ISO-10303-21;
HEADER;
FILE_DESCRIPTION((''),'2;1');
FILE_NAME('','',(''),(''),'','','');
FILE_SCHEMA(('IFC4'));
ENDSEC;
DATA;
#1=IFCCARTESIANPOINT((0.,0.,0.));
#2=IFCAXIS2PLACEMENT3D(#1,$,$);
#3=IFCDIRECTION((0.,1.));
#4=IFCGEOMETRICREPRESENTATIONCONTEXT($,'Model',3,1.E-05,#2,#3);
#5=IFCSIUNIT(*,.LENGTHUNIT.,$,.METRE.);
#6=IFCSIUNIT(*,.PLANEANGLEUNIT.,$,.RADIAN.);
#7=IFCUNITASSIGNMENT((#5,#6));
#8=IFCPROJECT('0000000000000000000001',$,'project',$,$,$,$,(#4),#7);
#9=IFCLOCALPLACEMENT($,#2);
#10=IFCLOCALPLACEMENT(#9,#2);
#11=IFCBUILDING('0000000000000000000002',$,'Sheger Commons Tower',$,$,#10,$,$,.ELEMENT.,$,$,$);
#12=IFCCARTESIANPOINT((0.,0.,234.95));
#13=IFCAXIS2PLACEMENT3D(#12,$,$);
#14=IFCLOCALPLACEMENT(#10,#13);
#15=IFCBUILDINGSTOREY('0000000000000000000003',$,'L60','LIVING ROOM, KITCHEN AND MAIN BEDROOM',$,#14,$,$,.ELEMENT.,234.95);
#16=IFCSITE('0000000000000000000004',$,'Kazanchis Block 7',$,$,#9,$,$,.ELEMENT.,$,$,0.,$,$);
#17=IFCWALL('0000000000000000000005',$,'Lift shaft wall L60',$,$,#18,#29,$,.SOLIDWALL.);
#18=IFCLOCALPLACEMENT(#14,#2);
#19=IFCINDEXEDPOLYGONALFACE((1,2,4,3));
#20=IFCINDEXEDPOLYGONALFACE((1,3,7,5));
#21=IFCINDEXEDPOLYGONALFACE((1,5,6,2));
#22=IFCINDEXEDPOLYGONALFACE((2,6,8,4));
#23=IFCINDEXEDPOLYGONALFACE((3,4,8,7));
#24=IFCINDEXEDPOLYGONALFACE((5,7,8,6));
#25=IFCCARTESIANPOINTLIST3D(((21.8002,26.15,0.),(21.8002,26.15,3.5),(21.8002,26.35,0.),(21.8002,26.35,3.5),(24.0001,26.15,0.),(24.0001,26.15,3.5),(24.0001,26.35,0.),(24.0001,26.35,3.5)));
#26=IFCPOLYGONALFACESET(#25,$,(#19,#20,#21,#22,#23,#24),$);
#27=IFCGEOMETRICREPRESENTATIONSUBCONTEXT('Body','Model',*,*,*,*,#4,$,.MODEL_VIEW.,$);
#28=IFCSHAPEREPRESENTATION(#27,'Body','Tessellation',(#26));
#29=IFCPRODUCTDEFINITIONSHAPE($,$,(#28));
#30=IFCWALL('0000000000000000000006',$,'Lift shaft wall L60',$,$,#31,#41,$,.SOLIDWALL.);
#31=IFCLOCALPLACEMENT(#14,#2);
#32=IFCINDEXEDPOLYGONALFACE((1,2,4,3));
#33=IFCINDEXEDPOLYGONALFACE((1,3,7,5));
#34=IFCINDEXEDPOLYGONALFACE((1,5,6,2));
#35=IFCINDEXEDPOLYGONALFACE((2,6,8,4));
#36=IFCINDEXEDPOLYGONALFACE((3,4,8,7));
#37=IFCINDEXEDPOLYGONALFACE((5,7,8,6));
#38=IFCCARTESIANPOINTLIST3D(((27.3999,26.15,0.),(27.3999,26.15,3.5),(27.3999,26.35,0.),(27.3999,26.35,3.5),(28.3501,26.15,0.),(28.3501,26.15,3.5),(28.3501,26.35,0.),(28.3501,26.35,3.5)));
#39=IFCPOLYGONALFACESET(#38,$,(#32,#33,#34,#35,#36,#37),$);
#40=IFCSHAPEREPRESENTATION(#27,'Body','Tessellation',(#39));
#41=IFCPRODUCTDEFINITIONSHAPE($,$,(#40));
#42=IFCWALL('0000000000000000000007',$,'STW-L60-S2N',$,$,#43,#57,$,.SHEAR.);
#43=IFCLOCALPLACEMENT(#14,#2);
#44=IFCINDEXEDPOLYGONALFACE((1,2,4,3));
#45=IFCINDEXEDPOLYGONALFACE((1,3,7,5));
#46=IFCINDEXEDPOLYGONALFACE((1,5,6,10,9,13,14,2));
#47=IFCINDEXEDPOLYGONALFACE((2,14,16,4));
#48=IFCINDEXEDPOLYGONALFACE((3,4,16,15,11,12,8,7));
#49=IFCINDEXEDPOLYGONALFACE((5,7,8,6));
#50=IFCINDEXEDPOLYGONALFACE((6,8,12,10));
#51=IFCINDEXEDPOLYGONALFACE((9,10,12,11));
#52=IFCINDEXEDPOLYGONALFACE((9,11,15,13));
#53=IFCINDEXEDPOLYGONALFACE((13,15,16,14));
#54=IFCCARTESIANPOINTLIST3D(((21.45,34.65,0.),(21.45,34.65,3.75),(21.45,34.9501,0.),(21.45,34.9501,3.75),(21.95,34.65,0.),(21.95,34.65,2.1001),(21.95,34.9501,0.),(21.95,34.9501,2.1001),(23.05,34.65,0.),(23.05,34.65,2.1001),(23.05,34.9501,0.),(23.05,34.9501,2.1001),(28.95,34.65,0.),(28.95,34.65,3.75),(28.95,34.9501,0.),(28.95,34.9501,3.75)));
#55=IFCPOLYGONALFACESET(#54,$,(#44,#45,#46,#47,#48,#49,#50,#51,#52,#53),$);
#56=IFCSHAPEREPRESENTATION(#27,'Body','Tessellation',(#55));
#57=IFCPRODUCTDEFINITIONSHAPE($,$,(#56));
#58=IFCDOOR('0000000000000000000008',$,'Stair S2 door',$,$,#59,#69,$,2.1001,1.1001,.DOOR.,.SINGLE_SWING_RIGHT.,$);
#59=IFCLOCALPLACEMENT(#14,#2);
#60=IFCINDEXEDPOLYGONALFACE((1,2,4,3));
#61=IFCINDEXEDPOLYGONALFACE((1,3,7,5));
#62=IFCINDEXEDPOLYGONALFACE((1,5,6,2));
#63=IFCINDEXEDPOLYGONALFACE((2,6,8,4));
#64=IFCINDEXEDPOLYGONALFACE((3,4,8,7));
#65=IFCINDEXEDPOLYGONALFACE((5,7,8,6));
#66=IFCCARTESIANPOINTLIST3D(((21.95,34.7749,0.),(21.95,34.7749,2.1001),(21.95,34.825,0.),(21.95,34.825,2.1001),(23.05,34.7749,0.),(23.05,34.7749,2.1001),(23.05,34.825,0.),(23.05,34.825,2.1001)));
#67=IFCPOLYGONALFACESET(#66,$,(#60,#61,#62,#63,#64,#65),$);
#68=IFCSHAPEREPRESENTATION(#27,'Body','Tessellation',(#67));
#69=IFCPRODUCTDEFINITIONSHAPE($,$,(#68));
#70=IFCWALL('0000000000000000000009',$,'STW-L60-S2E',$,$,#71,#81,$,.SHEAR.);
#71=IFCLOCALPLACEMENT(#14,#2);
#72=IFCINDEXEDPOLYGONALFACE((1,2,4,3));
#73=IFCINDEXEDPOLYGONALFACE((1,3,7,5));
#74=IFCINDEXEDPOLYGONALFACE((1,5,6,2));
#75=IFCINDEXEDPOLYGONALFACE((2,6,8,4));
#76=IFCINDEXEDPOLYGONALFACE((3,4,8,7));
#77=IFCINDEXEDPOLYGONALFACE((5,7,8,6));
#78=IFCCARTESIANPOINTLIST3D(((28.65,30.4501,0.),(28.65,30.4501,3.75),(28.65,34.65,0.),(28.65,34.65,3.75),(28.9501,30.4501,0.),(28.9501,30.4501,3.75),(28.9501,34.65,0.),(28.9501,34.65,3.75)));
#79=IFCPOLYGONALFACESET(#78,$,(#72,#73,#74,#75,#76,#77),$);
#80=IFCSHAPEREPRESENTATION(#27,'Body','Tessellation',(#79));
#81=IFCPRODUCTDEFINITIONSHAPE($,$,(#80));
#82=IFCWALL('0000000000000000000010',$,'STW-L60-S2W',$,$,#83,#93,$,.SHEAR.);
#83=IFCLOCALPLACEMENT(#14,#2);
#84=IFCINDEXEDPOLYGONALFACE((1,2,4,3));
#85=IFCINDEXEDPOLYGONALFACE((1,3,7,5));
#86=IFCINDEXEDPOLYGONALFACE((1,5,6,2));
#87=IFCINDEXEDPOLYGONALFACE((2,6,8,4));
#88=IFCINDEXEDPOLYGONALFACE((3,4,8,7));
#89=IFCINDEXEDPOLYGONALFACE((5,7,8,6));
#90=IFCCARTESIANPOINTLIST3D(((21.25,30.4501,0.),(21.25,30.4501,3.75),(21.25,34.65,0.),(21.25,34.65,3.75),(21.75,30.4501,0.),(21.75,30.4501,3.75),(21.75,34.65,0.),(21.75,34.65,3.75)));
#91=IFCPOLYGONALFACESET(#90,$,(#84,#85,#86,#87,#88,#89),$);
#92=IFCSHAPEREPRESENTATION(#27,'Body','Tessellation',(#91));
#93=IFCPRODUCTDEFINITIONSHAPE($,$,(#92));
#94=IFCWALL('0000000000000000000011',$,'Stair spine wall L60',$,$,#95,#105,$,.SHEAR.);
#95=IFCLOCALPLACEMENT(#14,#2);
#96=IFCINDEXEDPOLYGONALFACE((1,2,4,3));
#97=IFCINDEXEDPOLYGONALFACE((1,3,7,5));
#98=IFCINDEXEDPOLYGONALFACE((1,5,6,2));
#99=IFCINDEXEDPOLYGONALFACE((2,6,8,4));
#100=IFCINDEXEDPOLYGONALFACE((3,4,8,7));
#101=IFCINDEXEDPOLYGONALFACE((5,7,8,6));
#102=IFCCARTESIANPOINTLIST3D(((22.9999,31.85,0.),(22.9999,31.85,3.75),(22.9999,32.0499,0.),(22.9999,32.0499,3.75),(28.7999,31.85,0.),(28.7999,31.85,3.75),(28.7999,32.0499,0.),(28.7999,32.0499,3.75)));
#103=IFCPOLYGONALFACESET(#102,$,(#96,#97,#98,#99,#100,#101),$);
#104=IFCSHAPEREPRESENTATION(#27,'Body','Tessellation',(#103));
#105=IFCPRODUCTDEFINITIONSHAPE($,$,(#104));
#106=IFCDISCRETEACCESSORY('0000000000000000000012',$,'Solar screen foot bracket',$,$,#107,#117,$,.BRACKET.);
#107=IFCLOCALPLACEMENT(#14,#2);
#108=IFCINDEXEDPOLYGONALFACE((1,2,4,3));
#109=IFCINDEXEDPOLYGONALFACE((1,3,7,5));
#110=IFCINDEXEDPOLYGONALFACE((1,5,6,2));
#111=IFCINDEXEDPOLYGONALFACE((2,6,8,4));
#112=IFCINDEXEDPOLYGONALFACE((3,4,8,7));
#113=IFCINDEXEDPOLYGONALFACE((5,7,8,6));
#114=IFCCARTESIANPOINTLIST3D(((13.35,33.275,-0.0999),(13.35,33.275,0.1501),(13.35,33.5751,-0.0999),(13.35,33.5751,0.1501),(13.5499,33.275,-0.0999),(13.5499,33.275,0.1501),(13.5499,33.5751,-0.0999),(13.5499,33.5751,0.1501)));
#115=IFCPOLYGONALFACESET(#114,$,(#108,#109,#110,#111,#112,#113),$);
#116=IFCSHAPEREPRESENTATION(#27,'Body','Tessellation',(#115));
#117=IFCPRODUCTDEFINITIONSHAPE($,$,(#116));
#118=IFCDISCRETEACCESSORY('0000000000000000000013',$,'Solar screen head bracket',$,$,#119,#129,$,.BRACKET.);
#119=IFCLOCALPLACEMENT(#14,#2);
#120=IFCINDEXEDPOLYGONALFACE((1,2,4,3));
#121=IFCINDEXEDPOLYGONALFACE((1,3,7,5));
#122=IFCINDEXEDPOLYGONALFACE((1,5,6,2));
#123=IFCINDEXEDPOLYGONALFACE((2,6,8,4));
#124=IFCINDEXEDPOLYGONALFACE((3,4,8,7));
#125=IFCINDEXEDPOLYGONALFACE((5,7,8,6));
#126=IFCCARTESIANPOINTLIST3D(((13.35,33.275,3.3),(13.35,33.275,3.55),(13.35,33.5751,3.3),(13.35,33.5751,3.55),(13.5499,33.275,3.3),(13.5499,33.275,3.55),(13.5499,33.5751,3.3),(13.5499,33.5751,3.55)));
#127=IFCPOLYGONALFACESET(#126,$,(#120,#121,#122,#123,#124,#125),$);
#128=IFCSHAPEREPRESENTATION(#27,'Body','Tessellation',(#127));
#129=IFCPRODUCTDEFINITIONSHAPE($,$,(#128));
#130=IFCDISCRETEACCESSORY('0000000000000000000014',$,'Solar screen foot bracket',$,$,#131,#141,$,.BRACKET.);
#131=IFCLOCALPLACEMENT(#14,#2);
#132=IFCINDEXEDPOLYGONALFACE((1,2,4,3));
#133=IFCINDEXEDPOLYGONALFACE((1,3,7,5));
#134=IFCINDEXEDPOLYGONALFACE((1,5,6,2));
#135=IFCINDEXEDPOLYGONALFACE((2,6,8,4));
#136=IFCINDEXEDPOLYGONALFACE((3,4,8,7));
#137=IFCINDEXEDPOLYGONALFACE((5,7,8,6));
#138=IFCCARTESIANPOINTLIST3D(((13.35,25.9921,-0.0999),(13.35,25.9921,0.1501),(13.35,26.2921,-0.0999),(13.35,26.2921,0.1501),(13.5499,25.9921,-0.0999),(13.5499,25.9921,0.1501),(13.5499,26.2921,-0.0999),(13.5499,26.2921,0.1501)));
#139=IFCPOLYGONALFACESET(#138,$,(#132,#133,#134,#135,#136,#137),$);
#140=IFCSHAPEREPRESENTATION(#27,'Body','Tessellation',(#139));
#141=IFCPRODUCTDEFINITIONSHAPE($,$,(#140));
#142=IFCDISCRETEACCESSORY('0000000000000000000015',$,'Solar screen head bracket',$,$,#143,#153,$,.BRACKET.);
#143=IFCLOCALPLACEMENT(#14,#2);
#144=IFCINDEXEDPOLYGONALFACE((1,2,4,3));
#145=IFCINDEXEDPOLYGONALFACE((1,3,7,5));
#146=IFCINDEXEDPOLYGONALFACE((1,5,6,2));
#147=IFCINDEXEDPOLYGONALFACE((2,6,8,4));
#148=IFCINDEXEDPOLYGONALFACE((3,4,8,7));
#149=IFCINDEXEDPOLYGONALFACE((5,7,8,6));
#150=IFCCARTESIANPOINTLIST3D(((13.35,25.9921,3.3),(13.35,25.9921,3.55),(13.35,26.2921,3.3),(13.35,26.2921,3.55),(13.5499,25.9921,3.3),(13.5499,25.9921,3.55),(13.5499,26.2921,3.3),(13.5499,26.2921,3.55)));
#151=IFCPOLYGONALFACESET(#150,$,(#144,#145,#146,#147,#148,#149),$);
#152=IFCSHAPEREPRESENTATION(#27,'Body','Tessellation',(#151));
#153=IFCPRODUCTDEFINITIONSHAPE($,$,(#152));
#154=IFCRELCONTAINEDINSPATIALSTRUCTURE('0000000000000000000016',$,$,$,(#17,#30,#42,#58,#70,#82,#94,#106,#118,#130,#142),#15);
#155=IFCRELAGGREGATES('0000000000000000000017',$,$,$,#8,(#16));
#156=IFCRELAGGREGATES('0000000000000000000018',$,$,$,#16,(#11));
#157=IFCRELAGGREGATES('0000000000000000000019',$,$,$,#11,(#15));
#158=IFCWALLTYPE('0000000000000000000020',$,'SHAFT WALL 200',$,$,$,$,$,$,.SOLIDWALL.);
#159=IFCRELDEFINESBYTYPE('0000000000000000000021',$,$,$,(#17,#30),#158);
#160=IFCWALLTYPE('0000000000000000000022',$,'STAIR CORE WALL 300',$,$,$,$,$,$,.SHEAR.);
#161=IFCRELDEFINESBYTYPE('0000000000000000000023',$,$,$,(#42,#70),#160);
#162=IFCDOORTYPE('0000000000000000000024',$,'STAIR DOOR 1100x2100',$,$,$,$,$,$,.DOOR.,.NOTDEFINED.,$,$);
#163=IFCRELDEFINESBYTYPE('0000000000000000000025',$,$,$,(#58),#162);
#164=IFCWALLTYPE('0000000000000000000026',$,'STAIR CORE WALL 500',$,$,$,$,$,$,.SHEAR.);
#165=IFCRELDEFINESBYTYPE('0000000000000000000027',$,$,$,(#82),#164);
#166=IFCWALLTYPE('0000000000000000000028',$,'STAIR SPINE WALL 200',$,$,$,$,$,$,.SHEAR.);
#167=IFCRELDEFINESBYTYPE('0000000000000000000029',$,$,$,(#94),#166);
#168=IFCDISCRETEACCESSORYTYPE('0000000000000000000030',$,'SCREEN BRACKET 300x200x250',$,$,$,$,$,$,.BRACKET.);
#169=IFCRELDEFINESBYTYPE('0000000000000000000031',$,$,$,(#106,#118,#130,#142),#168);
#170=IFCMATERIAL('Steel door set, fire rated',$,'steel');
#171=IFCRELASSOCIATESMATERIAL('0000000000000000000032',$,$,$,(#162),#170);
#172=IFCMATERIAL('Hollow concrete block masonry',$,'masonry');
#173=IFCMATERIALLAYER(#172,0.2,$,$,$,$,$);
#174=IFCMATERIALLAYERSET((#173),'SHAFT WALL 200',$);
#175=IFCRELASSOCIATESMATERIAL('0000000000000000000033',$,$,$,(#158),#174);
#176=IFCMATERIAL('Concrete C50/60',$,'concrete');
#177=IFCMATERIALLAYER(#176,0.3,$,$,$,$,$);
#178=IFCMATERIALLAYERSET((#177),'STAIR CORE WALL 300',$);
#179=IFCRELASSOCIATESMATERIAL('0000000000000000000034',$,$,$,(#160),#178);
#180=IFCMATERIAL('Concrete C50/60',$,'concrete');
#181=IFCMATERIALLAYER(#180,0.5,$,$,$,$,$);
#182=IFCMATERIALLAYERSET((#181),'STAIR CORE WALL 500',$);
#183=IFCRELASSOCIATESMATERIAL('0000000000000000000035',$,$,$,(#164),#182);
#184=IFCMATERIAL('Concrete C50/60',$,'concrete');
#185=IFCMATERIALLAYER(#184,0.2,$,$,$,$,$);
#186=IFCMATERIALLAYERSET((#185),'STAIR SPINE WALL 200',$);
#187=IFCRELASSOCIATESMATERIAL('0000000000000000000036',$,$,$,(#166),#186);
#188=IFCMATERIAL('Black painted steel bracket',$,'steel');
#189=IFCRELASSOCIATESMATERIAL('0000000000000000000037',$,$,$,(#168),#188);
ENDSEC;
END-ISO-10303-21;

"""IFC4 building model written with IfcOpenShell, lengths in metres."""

from ifc_helpers import new_model, si_unit, direction, frame, frame_2d, origin, origin_2d, place, context, subcontext, project, spatial, rectangle, extrude, material, layer, layer_set, type_object, element, fill, save


model = new_model("IFC4")

# Units and contexts
model_context = context("Model", 3, precision=1e-05, world=origin(), true_north=direction((0.0, 1.0)))
body_context = subcontext(model_context, "Body", "Model", "MODEL_VIEW")
ifc_project = project(units=[si_unit("LENGTHUNIT", "METRE"), si_unit("PLANEANGLEUNIT", "RADIAN")], contexts=[model_context])

# Site, building, storey
site_placement = place(None, origin())
site = spatial("IfcSite", under=ifc_project, at=site_placement, Name="Kazanchis Block 7", CompositionType="ELEMENT", RefElevation=0.0)
building_placement = place(site_placement, origin())
building = spatial("IfcBuilding", under=site, at=building_placement, Name="Sheger Commons Tower", CompositionType="ELEMENT")
storey_placement = place(building_placement, frame((0.0, 0.0, 234.95)))
storey = spatial("IfcBuildingStorey", under=building, at=storey_placement, Name="L60", Description="LIVING ROOM, KITCHEN AND MAIN BEDROOM", CompositionType="ELEMENT", Elevation=234.95)

# Shared definitions
ifc_material_1 = material(Name="Steel door set, fire rated", Category="steel")
door_type_1 = type_object("IfcDoorType", Name="STAIR DOOR 1100x2100", OperationType="NOTDEFINED", PredefinedType="DOOR", material=ifc_material_1)

# Walls
ifc_material_2 = material(Name="Hollow concrete block masonry", Category="masonry")
ifc_layer_1 = layer(ifc_material_2, 0.2)
ifc_layer_set_1 = layer_set([ifc_layer_1], Name="SHAFT WALL 200")
wall_type_1 = type_object("IfcWallType", Name="SHAFT WALL 200", PredefinedType="SOLIDWALL", material=ifc_layer_set_1)
wall_1_placement = place(storey_placement, frame((21.8, 26.25, 0.0), z_axis=(0.0, 0.0, 1.0), x_axis=(1.0, 0.0, 0.0)))
element("IfcWall", 1, at=wall_1_placement, inside=storey, type_object=wall_type_1, Name="Lift shaft wall L60", PredefinedType="SOLIDWALL", context=body_context, shape_type="SweptSolid", body=[
    extrude(rectangle(XDim=2.2, YDim=0.2, at=frame_2d((1.1001, 0.0))), origin(), (0.0, 0.0, 1.0), 3.5),
])
wall_2_placement = place(storey_placement, frame((27.3999, 26.25, 0.0), z_axis=(0.0, 0.0, 1.0), x_axis=(1.0, 0.0, 0.0)))
element("IfcWall", 2, at=wall_2_placement, inside=storey, type_object=wall_type_1, Name="Lift shaft wall L60", PredefinedType="SOLIDWALL", context=body_context, shape_type="SweptSolid", body=[
    extrude(rectangle(XDim=0.9502, YDim=0.2, at=frame_2d((0.4751, 0.0))), origin(), (0.0, 0.0, 1.0), 3.5),
])

# Wall, opening, door
ifc_material_3 = material(Name="Concrete C50/60", Category="concrete")
ifc_layer_2 = layer(ifc_material_3, 0.3)
ifc_layer_set_2 = layer_set([ifc_layer_2], Name="STAIR CORE WALL 300")
wall_type_2 = type_object("IfcWallType", Name="STAIR CORE WALL 300", PredefinedType="SHEAR", material=ifc_layer_set_2)
wall_3_placement = place(storey_placement, frame((21.45, 34.8, 0.0), z_axis=(0.0, 0.0, 1.0), x_axis=(1.0, 0.0, 0.0)))
wall_3 = element("IfcWall", 3, at=wall_3_placement, inside=storey, type_object=wall_type_2, Name="STW-L60-S2N", PredefinedType="SHEAR", context=body_context, shape_type="SweptSolid", body=[
    extrude(rectangle(XDim=7.5, YDim=0.3, at=frame_2d((3.75, 0.0))), origin(), (0.0, 0.0, 1.0), 3.75),
])
opening_1_placement = place(wall_3_placement, frame((0.5, 0.0, 0.0)))
opening_1 = element("IfcOpeningElement", 4, at=opening_1_placement, cuts=wall_3, PredefinedType="OPENING", context=body_context, shape_type="SweptSolid", body=[
    extrude(rectangle(XDim=1.1001, YDim=2.1001, at=frame_2d((0.55, 1.05))), frame((0.0, 0.1599, 0.0), z_axis=(0.0, -1.0, 0.0), x_axis=(1.0, 0.0, 0.0)), (0.0, 0.0, 1.0), 0.3201),
])
door_1_placement = place(opening_1_placement, origin())
door_1 = element("IfcDoor", 5, at=door_1_placement, inside=storey, type_object=door_type_1, Name="Stair S2 door", OperationType="SINGLE_SWING_RIGHT", OverallHeight=2.1001, OverallWidth=1.1001, PredefinedType="DOOR", context=body_context, shape_type="SweptSolid", body=[
    extrude(rectangle(XDim=1.1001, YDim=2.1001, at=frame_2d((0.55, 1.05))), frame((0.0, 0.0249, 0.0), z_axis=(0.0, -1.0, 0.0), x_axis=(1.0, 0.0, 0.0)), (0.0, 0.0, 1.0), 0.05),
])
fill(opening_1, door_1)

# Walls
wall_4_placement = place(storey_placement, frame((28.8, 30.45, 0.0), z_axis=(0.0, 0.0, 1.0), x_axis=(0.0, 1.0, 0.0)))
element("IfcWall", 6, at=wall_4_placement, inside=storey, type_object=wall_type_2, Name="STW-L60-S2E", PredefinedType="SHEAR", context=body_context, shape_type="SweptSolid", body=[
    extrude(rectangle(XDim=4.2, YDim=0.3, at=frame_2d((2.1001, 0.0))), origin(), (0.0, 0.0, 1.0), 3.75),
])
ifc_material_4 = material(Name="Concrete C50/60", Category="concrete")
ifc_layer_3 = layer(ifc_material_4, 0.5)
ifc_layer_set_3 = layer_set([ifc_layer_3], Name="STAIR CORE WALL 500")
wall_type_3 = type_object("IfcWallType", Name="STAIR CORE WALL 500", PredefinedType="SHEAR", material=ifc_layer_set_3)
wall_5_placement = place(storey_placement, frame((21.5, 30.45, 0.0), z_axis=(0.0, 0.0, 1.0), x_axis=(0.0, 1.0, 0.0)))
element("IfcWall", 7, at=wall_5_placement, inside=storey, type_object=wall_type_3, Name="STW-L60-S2W", PredefinedType="SHEAR", context=body_context, shape_type="SweptSolid", body=[
    extrude(rectangle(XDim=4.2, YDim=0.5, at=frame_2d((2.1001, 0.0))), origin(), (0.0, 0.0, 1.0), 3.75),
])
ifc_material_5 = material(Name="Concrete C50/60", Category="concrete")
ifc_layer_4 = layer(ifc_material_5, 0.2)
ifc_layer_set_4 = layer_set([ifc_layer_4], Name="STAIR SPINE WALL 200")
wall_type_4 = type_object("IfcWallType", Name="STAIR SPINE WALL 200", PredefinedType="SHEAR", material=ifc_layer_set_4)
wall_6_placement = place(storey_placement, frame((23.0, 31.95, 0.0), z_axis=(0.0, 0.0, 1.0), x_axis=(1.0, 0.0, 0.0)))
element("IfcWall", 8, at=wall_6_placement, inside=storey, type_object=wall_type_4, Name="Stair spine wall L60", PredefinedType="SHEAR", context=body_context, shape_type="SweptSolid", body=[
    extrude(rectangle(XDim=5.8, YDim=0.2, at=frame_2d((2.8999, 0.0))), origin(), (0.0, 0.0, 1.0), 3.75),
])

# Discrete accessories
ifc_material_6 = material(Name="Black painted steel bracket", Category="steel")
discrete_accessory_type = type_object("IfcDiscreteAccessoryType", Name="SCREEN BRACKET 300x200x250", PredefinedType="BRACKET", material=ifc_material_6)
for number, where, z_axis, x_axis, name in (
    (9, (13.45, 33.425, -0.0999), (0.0, 0.0, 1.0), (0.0, -1.0, 0.0), "Solar screen foot bracket"),
    (10, (13.45, 33.425, 3.3), (0.0, 0.0, 1.0), (0.0, -1.0, 0.0), "Solar screen head bracket"),
    (11, (13.45, 26.1421, -0.0999), (0.0, 0.0, 1.0), (0.0, -1.0, 0.0), "Solar screen foot bracket"),
    (12, (13.45, 26.1421, 3.3), (0.0, 0.0, 1.0), (0.0, -1.0, 0.0), "Solar screen head bracket"),
):
    element("IfcDiscreteAccessory", number, at=place(storey_placement, frame(where, z_axis=z_axis, x_axis=x_axis)), inside=storey, type_object=discrete_accessory_type, Name=name, PredefinedType="BRACKET", context=body_context, shape_type="SweptSolid", body=[
        extrude(rectangle(XDim=0.3, YDim=0.2, at=origin_2d()), origin(), (0.0, 0.0, 1.0), 0.25),
    ])

save(model, "model.ifc")
